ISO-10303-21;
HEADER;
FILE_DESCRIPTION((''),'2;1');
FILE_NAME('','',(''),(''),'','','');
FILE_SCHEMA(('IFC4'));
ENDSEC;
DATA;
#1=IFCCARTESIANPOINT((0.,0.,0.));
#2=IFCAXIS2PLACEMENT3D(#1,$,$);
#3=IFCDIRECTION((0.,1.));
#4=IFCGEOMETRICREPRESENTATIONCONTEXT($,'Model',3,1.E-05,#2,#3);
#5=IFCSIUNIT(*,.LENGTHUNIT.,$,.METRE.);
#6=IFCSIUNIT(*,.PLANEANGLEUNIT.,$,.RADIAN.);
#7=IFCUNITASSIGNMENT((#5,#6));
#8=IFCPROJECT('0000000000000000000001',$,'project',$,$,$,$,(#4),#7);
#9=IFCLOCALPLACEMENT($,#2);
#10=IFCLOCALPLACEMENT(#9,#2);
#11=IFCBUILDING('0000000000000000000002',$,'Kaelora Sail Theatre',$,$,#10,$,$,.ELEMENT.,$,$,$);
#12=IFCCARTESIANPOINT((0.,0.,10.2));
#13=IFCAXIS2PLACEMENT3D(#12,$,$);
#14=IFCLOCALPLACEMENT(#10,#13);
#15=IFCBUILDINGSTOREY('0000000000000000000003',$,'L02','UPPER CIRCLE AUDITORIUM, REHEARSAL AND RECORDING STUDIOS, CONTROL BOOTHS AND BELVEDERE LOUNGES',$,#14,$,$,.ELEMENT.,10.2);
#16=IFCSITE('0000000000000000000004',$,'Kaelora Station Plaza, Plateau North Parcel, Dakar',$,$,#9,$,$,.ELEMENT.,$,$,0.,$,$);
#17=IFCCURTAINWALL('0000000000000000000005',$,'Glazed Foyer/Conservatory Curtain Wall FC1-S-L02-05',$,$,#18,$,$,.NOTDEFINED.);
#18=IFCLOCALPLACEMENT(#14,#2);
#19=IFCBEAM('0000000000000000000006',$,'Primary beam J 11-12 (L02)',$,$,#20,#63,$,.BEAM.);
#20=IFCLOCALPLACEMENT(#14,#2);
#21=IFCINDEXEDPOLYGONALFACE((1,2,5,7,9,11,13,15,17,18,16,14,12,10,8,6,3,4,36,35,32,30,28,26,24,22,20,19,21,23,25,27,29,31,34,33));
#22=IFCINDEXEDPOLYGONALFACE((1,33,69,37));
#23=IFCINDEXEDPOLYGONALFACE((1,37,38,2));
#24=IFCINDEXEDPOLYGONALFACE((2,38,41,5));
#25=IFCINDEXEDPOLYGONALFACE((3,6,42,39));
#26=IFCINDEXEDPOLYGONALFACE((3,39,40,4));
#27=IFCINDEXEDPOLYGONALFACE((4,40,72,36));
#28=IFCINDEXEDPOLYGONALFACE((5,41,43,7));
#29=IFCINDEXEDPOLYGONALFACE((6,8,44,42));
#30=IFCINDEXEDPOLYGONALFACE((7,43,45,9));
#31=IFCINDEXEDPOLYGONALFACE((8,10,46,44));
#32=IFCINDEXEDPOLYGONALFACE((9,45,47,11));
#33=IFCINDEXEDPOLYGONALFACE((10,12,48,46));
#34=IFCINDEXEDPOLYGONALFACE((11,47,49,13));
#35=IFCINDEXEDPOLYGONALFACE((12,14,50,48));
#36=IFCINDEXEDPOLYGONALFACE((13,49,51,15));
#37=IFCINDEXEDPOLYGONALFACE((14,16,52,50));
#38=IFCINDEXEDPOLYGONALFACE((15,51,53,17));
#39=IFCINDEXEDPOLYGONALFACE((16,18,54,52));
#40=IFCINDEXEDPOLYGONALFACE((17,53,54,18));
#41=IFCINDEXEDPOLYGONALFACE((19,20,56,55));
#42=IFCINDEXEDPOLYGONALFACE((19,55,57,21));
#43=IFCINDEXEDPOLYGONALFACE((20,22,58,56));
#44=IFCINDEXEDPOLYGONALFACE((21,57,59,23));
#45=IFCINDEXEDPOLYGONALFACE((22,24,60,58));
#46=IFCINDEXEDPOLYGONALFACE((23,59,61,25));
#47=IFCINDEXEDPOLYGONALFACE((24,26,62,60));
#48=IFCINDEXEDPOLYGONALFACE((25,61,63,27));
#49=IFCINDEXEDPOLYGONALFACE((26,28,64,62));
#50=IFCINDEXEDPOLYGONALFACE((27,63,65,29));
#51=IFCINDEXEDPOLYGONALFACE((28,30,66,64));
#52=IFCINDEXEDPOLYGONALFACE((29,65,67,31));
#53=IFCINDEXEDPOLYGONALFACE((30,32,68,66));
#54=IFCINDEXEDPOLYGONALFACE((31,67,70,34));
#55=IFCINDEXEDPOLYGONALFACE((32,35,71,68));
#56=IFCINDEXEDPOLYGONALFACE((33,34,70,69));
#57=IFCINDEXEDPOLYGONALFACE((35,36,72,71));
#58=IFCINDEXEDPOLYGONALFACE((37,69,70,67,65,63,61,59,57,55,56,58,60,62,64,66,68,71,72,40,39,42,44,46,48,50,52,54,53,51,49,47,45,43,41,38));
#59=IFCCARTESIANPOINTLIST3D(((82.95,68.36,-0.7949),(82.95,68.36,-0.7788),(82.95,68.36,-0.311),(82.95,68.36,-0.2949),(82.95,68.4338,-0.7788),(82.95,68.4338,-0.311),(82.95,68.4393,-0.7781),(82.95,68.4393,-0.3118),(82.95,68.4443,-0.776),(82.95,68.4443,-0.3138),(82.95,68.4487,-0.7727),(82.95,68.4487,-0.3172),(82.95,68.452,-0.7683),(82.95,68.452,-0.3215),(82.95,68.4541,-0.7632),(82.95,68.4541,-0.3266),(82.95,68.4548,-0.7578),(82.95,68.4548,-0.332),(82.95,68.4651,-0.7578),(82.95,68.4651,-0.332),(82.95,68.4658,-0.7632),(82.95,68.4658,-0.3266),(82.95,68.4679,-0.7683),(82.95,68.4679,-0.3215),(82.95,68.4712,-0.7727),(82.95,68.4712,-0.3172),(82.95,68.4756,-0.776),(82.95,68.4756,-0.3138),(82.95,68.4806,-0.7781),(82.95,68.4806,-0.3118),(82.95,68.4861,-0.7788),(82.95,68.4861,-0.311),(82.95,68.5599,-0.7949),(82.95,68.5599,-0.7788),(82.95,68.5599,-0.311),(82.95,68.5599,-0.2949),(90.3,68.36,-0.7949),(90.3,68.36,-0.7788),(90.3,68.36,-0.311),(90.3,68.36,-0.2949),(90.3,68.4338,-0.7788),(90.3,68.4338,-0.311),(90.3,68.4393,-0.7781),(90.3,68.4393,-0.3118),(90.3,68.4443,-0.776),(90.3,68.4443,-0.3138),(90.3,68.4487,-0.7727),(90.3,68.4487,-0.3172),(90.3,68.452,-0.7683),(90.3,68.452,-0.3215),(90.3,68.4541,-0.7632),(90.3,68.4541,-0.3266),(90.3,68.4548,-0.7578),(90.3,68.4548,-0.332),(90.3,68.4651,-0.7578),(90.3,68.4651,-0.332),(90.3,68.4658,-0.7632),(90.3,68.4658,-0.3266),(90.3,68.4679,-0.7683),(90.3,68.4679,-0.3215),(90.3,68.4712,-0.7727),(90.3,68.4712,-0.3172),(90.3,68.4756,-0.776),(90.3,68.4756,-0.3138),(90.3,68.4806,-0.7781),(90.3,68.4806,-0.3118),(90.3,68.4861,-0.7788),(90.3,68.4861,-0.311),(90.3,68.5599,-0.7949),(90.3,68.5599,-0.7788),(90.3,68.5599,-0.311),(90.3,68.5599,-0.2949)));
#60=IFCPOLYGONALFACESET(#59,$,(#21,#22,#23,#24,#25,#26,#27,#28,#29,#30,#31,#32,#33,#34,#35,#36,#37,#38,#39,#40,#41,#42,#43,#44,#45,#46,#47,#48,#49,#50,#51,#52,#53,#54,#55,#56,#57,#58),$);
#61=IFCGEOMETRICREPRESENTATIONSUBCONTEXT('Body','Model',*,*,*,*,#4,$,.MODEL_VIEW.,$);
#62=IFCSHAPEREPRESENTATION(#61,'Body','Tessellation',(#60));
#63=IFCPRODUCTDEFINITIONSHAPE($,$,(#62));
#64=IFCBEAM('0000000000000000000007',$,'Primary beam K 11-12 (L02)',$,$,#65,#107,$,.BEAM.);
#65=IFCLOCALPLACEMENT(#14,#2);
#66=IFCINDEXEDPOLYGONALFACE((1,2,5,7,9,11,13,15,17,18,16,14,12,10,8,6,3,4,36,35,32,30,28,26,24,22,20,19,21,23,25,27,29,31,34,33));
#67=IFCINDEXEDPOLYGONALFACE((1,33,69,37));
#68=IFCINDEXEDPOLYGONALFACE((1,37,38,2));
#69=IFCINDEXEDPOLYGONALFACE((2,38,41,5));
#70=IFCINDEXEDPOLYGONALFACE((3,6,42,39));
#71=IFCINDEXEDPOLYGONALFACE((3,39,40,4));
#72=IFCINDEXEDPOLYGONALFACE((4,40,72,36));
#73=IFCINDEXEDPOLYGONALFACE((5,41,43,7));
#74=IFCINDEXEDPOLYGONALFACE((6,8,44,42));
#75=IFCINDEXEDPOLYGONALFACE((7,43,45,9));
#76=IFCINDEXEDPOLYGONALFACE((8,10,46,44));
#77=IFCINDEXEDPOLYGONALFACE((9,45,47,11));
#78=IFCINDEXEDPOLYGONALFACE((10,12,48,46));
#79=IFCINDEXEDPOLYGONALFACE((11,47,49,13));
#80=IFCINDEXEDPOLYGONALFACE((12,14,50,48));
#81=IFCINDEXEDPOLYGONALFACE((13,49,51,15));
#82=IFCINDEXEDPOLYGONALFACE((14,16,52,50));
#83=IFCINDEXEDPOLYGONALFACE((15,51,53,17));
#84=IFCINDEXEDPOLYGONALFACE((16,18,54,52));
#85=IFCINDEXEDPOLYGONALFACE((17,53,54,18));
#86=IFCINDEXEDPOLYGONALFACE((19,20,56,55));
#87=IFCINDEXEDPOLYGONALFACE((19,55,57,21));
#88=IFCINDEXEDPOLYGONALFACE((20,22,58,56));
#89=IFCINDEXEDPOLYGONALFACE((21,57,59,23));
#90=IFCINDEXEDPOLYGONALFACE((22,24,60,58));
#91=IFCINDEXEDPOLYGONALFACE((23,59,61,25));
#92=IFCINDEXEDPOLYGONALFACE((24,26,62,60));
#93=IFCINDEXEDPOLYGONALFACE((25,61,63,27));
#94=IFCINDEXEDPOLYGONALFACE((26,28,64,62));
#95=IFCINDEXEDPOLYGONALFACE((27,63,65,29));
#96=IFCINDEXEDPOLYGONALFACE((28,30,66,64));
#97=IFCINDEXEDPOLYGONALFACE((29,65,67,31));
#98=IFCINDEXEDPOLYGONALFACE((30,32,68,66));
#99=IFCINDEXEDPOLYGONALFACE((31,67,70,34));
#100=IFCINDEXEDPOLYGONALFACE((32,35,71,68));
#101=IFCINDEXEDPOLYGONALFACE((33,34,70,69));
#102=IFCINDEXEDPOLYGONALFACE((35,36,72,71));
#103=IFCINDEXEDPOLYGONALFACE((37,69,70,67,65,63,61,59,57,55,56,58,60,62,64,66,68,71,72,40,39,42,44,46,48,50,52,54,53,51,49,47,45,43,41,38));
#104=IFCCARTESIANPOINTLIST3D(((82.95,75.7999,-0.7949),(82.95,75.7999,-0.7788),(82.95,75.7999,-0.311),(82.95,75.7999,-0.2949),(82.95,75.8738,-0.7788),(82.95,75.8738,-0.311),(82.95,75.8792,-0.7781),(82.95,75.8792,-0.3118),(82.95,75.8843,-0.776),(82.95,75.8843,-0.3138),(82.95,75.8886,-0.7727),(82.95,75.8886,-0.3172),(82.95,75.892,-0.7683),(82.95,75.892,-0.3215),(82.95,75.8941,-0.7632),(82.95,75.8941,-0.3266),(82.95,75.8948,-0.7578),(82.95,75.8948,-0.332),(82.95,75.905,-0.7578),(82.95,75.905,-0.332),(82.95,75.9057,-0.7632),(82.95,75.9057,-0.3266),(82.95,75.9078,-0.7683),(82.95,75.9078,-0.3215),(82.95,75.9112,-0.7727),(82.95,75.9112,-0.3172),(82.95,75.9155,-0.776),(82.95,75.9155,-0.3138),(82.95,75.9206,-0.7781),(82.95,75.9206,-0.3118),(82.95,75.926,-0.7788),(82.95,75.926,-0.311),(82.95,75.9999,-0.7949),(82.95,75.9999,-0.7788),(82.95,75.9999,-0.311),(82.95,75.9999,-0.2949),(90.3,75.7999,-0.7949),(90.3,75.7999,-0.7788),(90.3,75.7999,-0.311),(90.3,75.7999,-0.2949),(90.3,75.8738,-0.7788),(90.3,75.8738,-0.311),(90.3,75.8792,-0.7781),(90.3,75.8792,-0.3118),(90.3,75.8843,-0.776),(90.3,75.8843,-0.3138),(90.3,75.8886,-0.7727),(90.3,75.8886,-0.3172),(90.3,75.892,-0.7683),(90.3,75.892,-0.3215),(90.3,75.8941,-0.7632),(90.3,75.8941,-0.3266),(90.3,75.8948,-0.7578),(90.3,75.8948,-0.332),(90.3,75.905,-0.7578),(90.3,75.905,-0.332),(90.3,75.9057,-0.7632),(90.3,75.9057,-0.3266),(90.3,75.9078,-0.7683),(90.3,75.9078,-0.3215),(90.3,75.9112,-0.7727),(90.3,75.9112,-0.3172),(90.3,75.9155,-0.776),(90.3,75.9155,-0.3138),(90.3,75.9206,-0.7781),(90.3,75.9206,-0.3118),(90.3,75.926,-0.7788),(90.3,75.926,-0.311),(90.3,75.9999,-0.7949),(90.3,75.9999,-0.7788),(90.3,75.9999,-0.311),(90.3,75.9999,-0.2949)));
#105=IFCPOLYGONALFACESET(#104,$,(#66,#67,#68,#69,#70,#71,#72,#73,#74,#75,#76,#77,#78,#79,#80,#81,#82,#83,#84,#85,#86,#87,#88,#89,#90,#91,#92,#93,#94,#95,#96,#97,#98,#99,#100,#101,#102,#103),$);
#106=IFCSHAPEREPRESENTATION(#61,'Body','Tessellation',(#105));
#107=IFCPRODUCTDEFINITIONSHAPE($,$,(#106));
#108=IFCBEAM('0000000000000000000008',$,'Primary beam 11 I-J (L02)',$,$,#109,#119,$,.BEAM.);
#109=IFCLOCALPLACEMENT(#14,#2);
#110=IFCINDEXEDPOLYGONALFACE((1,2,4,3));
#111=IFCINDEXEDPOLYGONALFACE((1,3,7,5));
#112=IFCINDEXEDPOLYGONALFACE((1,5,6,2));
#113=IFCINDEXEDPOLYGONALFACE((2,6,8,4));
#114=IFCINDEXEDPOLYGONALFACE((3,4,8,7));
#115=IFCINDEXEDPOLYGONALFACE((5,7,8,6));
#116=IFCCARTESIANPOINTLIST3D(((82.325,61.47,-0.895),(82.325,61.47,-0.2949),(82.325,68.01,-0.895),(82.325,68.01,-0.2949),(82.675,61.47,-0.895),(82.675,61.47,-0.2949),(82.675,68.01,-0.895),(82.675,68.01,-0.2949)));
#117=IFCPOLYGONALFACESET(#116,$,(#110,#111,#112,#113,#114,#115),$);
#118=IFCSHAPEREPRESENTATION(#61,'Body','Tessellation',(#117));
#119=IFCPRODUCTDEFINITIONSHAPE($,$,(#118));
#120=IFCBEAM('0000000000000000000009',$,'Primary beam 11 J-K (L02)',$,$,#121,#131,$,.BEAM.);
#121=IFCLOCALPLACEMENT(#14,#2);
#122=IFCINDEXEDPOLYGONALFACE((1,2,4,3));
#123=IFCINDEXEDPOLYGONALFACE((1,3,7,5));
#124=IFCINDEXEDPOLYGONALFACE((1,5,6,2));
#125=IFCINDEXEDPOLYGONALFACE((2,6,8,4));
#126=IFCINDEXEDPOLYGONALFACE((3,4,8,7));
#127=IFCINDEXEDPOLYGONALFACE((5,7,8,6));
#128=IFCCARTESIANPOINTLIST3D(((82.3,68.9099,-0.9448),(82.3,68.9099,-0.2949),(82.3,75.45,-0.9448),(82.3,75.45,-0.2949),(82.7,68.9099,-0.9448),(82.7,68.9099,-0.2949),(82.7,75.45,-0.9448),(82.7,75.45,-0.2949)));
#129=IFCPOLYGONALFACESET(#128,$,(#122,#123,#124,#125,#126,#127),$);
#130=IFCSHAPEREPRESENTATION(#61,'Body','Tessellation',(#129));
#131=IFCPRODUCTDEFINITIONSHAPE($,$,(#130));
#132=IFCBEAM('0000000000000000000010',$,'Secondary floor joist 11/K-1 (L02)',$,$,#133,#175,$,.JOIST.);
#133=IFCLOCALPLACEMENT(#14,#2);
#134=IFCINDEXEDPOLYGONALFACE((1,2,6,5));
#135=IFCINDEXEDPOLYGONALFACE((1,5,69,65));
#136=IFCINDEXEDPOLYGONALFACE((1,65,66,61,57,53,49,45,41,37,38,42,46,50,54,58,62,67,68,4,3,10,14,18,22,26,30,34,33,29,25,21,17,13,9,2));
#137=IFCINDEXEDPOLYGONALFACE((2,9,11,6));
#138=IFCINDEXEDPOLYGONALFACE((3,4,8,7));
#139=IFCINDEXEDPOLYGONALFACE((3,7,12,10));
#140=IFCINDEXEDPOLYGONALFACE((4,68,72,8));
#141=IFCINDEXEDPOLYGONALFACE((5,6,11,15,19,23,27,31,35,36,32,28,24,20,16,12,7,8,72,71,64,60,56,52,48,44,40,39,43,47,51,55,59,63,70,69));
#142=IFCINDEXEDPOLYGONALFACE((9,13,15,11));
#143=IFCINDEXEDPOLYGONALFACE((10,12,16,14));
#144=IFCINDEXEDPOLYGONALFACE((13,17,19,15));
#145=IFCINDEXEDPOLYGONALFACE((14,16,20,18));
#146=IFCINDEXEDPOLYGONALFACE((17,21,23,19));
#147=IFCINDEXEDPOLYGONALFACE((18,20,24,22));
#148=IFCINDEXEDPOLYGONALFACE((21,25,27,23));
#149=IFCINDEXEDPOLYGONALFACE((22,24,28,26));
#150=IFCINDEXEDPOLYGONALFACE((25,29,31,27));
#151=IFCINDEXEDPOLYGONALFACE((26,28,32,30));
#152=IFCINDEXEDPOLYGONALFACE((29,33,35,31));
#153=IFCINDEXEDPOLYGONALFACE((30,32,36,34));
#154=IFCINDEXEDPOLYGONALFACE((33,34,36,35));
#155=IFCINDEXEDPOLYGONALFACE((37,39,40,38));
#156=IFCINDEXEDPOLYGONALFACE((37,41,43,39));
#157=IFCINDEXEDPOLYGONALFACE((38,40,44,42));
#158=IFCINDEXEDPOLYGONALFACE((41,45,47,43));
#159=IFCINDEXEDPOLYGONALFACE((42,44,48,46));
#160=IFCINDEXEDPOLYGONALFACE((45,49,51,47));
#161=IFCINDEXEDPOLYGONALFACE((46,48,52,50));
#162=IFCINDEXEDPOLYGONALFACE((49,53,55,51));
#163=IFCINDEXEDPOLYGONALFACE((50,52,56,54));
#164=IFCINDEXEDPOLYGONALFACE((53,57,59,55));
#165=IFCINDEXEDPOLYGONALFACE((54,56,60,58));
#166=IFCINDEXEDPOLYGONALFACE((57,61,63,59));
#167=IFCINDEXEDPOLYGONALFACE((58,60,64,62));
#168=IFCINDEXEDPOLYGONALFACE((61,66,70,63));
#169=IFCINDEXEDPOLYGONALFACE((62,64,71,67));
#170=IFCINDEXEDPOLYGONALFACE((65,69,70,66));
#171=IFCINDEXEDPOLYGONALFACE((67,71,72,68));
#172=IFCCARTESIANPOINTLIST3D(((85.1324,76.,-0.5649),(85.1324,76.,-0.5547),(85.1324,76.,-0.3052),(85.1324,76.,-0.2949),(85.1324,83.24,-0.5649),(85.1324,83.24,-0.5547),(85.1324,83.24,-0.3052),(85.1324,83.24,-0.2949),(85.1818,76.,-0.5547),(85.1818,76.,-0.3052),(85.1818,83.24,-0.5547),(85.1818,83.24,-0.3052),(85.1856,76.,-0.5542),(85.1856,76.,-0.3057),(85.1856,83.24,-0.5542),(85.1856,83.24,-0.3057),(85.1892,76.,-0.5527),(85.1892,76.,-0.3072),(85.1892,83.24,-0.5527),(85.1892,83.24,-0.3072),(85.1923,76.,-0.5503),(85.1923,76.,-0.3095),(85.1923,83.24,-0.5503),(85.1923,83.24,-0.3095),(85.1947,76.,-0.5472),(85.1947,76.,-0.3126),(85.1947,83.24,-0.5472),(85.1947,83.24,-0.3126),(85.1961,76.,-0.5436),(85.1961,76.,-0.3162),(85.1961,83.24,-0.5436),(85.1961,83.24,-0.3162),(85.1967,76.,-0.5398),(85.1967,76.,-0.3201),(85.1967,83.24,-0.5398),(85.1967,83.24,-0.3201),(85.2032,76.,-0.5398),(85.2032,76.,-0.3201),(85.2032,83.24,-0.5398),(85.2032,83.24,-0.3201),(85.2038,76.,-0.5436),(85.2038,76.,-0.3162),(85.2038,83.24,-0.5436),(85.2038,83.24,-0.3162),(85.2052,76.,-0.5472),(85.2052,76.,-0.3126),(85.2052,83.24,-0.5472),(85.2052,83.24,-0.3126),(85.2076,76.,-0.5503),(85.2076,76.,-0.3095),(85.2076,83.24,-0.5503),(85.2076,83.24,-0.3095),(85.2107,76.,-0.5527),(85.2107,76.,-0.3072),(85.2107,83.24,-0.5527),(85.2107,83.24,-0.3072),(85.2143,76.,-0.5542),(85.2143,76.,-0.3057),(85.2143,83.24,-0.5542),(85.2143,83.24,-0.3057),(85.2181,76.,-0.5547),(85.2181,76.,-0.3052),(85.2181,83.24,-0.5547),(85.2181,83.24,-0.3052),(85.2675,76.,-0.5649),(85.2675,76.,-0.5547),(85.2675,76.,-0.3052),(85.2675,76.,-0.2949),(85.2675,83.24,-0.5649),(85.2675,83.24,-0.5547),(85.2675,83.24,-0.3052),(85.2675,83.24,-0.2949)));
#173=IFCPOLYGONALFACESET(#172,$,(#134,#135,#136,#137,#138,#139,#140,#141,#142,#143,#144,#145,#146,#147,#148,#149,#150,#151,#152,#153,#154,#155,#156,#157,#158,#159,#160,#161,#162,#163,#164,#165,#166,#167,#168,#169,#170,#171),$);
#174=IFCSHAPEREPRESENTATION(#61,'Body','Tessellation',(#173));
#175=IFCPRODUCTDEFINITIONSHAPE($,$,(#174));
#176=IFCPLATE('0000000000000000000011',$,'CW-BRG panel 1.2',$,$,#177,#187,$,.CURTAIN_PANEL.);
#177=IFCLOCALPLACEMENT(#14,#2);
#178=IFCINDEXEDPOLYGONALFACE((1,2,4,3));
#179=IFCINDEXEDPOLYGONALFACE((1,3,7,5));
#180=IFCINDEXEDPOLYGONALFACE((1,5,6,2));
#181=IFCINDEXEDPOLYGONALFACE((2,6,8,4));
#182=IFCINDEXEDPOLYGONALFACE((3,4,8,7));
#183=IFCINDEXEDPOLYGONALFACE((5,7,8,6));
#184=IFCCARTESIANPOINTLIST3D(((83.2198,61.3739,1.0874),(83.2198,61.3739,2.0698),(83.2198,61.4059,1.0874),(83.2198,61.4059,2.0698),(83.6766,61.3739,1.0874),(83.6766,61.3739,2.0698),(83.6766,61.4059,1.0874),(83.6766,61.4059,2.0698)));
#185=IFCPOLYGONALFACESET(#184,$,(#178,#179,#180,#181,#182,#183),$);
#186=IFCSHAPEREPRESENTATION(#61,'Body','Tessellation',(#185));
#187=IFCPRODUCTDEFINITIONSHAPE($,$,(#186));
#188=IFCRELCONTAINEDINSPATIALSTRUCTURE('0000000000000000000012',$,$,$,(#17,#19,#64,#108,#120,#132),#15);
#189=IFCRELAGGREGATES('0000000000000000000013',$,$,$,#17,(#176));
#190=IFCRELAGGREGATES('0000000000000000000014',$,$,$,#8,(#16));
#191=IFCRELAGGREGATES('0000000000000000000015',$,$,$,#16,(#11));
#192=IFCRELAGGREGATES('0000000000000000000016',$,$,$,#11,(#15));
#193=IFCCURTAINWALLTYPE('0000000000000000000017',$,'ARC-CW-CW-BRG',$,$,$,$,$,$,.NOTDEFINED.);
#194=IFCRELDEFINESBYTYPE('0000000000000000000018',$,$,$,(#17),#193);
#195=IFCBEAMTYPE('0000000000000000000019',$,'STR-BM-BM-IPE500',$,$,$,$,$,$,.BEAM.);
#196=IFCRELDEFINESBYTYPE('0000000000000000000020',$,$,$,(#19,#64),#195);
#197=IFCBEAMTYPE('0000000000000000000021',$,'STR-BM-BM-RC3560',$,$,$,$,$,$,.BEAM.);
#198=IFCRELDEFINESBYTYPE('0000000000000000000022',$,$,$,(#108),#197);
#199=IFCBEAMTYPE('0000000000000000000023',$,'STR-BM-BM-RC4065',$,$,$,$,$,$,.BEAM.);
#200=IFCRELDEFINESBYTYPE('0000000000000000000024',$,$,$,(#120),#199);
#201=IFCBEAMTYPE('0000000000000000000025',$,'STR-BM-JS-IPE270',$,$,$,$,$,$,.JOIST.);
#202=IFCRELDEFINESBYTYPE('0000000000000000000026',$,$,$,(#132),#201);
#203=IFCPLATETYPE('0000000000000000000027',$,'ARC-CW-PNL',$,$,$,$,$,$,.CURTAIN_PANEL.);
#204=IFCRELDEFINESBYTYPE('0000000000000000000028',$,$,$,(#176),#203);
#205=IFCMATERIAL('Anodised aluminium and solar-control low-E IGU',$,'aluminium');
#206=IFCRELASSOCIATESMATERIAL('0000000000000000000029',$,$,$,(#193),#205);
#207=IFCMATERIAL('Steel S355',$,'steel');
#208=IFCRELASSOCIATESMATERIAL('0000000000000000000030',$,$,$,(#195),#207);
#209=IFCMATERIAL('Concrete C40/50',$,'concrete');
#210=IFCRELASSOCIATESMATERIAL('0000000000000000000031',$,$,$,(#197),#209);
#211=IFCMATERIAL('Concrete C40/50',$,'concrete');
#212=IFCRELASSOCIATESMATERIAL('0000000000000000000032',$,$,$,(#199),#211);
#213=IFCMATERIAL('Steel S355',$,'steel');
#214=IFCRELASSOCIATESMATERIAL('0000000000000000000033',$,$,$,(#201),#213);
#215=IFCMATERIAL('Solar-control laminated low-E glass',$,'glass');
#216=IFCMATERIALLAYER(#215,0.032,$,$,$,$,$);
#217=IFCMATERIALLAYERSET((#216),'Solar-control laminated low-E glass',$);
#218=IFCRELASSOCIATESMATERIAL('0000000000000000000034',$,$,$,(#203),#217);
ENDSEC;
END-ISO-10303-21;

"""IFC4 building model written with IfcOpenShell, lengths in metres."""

from ifc_helpers import new_model, si_unit, direction, frame, origin, origin_2d, place, context, subcontext, project, spatial, rectangle, i_section, extrude, material, layer, layer_set, material_profile, profile_set, type_object, element, aggregate, save


model = new_model("IFC4")

# Units and contexts
model_context = context("Model", 3, precision=1e-05, world=origin(), true_north=direction((0.0, 1.0)))
body_context = subcontext(model_context, "Body", "Model", "MODEL_VIEW")
ifc_project = project(units=[si_unit("LENGTHUNIT", "METRE"), si_unit("PLANEANGLEUNIT", "RADIAN")], contexts=[model_context])

# Site, building, storey
site_placement = place(None, origin())
site = spatial("IfcSite", under=ifc_project, at=site_placement, Name="Kaelora Station Plaza, Plateau North Parcel, Dakar", CompositionType="ELEMENT", RefElevation=0.0)
building_placement = place(site_placement, origin())
building = spatial("IfcBuilding", under=site, at=building_placement, Name="Kaelora Sail Theatre", CompositionType="ELEMENT")
storey_placement = place(building_placement, frame((0.0, 0.0, 10.2)))
storey = spatial("IfcBuildingStorey", under=building, at=storey_placement, Name="L02", Description="UPPER CIRCLE AUDITORIUM, REHEARSAL AND RECORDING STUDIOS, CONTROL BOOTHS AND BELVEDERE LOUNGES", CompositionType="ELEMENT", Elevation=10.2)

# Curtain wall
ifc_material_1 = material(Name="Anodised aluminium and solar-control low-E IGU", Category="aluminium")
curtain_wall_type = type_object("IfcCurtainWallType", Name="ARC-CW-CW-BRG", PredefinedType="NOTDEFINED", material=ifc_material_1)
curtain_wall_1_placement = place(storey_placement, origin())
curtain_wall_1 = element("IfcCurtainWall", 1, at=curtain_wall_1_placement, inside=storey, type_object=curtain_wall_type, Name="Glazed Foyer/Conservatory Curtain Wall FC1-S-L02-05", PredefinedType="NOTDEFINED")

# Beams
ifc_material_2 = material(Name="Steel S355", Category="steel")
ifc_material_profile_1 = material_profile(ifc_material_2, i_section(OverallWidth=0.2, OverallDepth=0.5, WebThickness=0.0103, FlangeThickness=0.0161, FilletRadius=0.021, at=origin_2d()), Name="IPE 500")
ifc_profile_set_1 = profile_set([ifc_material_profile_1], Name="Steel S355")
beam_type_1 = type_object("IfcBeamType", Name="STR-BM-BM-IPE500", PredefinedType="BEAM", material=ifc_profile_set_1)
for number, where, z_axis, x_axis, name in (
    (2, (82.95, 68.46, -0.5449), (1.0, 0.0, 0.0), (0.0, 1.0, 0.0), "Primary beam J 11-12 (L02)"),
    (3, (82.95, 75.8999, -0.5449), (1.0, 0.0, 0.0), (0.0, 1.0, 0.0), "Primary beam K 11-12 (L02)"),
):
    element("IfcBeam", number, at=place(storey_placement, frame(where, z_axis=z_axis, x_axis=x_axis)), inside=storey, type_object=beam_type_1, Name=name, PredefinedType="BEAM", context=body_context, shape_type="SweptSolid", body=[
        extrude(i_section(OverallWidth=0.2, OverallDepth=0.5, WebThickness=0.0103, FlangeThickness=0.0161, FilletRadius=0.021, at=origin_2d()), origin(), (0.0, 0.0, 1.0), 7.3501),
    ])
ifc_material_3 = material(Name="Concrete C40/50", Category="concrete")
ifc_material_profile_2 = material_profile(ifc_material_3, rectangle(XDim=0.3501, YDim=0.6001, at=origin_2d()), Name="RC-BM 350x600")
ifc_profile_set_2 = profile_set([ifc_material_profile_2], Name="Concrete C40/50")
beam_type_2 = type_object("IfcBeamType", Name="STR-BM-BM-RC3560", PredefinedType="BEAM", material=ifc_profile_set_2)
beam_1_placement = place(storey_placement, frame((82.5, 61.47, -0.595), z_axis=(0.0, 1.0, 0.0), x_axis=(-1.0, 0.0, 0.0)))
element("IfcBeam", 4, at=beam_1_placement, inside=storey, type_object=beam_type_2, Name="Primary beam 11 I-J (L02)", PredefinedType="BEAM", context=body_context, shape_type="SweptSolid", body=[
    extrude(rectangle(XDim=0.3501, YDim=0.6001, at=origin_2d()), origin(), (0.0, 0.0, 1.0), 6.54),
])
ifc_material_4 = material(Name="Concrete C40/50", Category="concrete")
ifc_material_profile_3 = material_profile(ifc_material_4, rectangle(XDim=0.3999, YDim=0.6499, at=origin_2d()), Name="RC-BM 400x650")
ifc_profile_set_3 = profile_set([ifc_material_profile_3], Name="Concrete C40/50")
beam_type_3 = type_object("IfcBeamType", Name="STR-BM-BM-RC4065", PredefinedType="BEAM", material=ifc_profile_set_3)
beam_2_placement = place(storey_placement, frame((82.5, 68.9099, -0.6199), z_axis=(0.0, 1.0, 0.0), x_axis=(-1.0, 0.0, 0.0)))
element("IfcBeam", 5, at=beam_2_placement, inside=storey, type_object=beam_type_3, Name="Primary beam 11 J-K (L02)", PredefinedType="BEAM", context=body_context, shape_type="SweptSolid", body=[
    extrude(rectangle(XDim=0.3999, YDim=0.6499, at=origin_2d()), origin(), (0.0, 0.0, 1.0), 6.54),
])
ifc_material_5 = material(Name="Steel S355", Category="steel")
ifc_material_profile_4 = material_profile(ifc_material_5, i_section(OverallWidth=0.135, OverallDepth=0.27, WebThickness=0.0066, FlangeThickness=0.0103, FilletRadius=0.0149, at=origin_2d()), Name="IPE 270")
ifc_profile_set_4 = profile_set([ifc_material_profile_4], Name="Steel S355")
beam_type_4 = type_object("IfcBeamType", Name="STR-BM-JS-IPE270", PredefinedType="JOIST", material=ifc_profile_set_4)
beam_3_placement = place(storey_placement, frame((85.2, 76.0, -0.4299), z_axis=(0.0, 1.0, 0.0), x_axis=(-1.0, 0.0, 0.0)))
element("IfcBeam", 6, at=beam_3_placement, inside=storey, type_object=beam_type_4, Name="Secondary floor joist 11/K-1 (L02)", PredefinedType="JOIST", context=body_context, shape_type="SweptSolid", body=[
    extrude(i_section(OverallWidth=0.135, OverallDepth=0.27, WebThickness=0.0066, FlangeThickness=0.0103, FilletRadius=0.0149, at=origin_2d()), origin(), (0.0, 0.0, 1.0), 7.24),
])

# Plate
ifc_material_6 = material(Name="Solar-control laminated low-E glass", Category="glass")
ifc_layer_1 = layer(ifc_material_6, 0.032)
ifc_layer_set_1 = layer_set([ifc_layer_1], Name="Solar-control laminated low-E glass")
plate_type = type_object("IfcPlateType", Name="ARC-CW-PNL", PredefinedType="CURTAIN_PANEL", material=ifc_layer_set_1)
plate_1_placement = place(storey_placement, frame((83.4482, 61.3899, 1.0874), z_axis=(0.0, 0.0, 1.0), x_axis=(1.0, 0.0, 0.0)))
plate_1 = element("IfcPlate", 7, at=plate_1_placement, type_object=plate_type, Name="CW-BRG panel 1.2", PredefinedType="CURTAIN_PANEL", context=body_context, shape_type="SweptSolid", body=[
    extrude(rectangle(XDim=0.4568, YDim=0.032, at=origin_2d()), origin(), (0.0, 0.0, 1.0), 0.9824),
])
aggregate(curtain_wall_1, [plate_1])

save(model, "model.ifc")
